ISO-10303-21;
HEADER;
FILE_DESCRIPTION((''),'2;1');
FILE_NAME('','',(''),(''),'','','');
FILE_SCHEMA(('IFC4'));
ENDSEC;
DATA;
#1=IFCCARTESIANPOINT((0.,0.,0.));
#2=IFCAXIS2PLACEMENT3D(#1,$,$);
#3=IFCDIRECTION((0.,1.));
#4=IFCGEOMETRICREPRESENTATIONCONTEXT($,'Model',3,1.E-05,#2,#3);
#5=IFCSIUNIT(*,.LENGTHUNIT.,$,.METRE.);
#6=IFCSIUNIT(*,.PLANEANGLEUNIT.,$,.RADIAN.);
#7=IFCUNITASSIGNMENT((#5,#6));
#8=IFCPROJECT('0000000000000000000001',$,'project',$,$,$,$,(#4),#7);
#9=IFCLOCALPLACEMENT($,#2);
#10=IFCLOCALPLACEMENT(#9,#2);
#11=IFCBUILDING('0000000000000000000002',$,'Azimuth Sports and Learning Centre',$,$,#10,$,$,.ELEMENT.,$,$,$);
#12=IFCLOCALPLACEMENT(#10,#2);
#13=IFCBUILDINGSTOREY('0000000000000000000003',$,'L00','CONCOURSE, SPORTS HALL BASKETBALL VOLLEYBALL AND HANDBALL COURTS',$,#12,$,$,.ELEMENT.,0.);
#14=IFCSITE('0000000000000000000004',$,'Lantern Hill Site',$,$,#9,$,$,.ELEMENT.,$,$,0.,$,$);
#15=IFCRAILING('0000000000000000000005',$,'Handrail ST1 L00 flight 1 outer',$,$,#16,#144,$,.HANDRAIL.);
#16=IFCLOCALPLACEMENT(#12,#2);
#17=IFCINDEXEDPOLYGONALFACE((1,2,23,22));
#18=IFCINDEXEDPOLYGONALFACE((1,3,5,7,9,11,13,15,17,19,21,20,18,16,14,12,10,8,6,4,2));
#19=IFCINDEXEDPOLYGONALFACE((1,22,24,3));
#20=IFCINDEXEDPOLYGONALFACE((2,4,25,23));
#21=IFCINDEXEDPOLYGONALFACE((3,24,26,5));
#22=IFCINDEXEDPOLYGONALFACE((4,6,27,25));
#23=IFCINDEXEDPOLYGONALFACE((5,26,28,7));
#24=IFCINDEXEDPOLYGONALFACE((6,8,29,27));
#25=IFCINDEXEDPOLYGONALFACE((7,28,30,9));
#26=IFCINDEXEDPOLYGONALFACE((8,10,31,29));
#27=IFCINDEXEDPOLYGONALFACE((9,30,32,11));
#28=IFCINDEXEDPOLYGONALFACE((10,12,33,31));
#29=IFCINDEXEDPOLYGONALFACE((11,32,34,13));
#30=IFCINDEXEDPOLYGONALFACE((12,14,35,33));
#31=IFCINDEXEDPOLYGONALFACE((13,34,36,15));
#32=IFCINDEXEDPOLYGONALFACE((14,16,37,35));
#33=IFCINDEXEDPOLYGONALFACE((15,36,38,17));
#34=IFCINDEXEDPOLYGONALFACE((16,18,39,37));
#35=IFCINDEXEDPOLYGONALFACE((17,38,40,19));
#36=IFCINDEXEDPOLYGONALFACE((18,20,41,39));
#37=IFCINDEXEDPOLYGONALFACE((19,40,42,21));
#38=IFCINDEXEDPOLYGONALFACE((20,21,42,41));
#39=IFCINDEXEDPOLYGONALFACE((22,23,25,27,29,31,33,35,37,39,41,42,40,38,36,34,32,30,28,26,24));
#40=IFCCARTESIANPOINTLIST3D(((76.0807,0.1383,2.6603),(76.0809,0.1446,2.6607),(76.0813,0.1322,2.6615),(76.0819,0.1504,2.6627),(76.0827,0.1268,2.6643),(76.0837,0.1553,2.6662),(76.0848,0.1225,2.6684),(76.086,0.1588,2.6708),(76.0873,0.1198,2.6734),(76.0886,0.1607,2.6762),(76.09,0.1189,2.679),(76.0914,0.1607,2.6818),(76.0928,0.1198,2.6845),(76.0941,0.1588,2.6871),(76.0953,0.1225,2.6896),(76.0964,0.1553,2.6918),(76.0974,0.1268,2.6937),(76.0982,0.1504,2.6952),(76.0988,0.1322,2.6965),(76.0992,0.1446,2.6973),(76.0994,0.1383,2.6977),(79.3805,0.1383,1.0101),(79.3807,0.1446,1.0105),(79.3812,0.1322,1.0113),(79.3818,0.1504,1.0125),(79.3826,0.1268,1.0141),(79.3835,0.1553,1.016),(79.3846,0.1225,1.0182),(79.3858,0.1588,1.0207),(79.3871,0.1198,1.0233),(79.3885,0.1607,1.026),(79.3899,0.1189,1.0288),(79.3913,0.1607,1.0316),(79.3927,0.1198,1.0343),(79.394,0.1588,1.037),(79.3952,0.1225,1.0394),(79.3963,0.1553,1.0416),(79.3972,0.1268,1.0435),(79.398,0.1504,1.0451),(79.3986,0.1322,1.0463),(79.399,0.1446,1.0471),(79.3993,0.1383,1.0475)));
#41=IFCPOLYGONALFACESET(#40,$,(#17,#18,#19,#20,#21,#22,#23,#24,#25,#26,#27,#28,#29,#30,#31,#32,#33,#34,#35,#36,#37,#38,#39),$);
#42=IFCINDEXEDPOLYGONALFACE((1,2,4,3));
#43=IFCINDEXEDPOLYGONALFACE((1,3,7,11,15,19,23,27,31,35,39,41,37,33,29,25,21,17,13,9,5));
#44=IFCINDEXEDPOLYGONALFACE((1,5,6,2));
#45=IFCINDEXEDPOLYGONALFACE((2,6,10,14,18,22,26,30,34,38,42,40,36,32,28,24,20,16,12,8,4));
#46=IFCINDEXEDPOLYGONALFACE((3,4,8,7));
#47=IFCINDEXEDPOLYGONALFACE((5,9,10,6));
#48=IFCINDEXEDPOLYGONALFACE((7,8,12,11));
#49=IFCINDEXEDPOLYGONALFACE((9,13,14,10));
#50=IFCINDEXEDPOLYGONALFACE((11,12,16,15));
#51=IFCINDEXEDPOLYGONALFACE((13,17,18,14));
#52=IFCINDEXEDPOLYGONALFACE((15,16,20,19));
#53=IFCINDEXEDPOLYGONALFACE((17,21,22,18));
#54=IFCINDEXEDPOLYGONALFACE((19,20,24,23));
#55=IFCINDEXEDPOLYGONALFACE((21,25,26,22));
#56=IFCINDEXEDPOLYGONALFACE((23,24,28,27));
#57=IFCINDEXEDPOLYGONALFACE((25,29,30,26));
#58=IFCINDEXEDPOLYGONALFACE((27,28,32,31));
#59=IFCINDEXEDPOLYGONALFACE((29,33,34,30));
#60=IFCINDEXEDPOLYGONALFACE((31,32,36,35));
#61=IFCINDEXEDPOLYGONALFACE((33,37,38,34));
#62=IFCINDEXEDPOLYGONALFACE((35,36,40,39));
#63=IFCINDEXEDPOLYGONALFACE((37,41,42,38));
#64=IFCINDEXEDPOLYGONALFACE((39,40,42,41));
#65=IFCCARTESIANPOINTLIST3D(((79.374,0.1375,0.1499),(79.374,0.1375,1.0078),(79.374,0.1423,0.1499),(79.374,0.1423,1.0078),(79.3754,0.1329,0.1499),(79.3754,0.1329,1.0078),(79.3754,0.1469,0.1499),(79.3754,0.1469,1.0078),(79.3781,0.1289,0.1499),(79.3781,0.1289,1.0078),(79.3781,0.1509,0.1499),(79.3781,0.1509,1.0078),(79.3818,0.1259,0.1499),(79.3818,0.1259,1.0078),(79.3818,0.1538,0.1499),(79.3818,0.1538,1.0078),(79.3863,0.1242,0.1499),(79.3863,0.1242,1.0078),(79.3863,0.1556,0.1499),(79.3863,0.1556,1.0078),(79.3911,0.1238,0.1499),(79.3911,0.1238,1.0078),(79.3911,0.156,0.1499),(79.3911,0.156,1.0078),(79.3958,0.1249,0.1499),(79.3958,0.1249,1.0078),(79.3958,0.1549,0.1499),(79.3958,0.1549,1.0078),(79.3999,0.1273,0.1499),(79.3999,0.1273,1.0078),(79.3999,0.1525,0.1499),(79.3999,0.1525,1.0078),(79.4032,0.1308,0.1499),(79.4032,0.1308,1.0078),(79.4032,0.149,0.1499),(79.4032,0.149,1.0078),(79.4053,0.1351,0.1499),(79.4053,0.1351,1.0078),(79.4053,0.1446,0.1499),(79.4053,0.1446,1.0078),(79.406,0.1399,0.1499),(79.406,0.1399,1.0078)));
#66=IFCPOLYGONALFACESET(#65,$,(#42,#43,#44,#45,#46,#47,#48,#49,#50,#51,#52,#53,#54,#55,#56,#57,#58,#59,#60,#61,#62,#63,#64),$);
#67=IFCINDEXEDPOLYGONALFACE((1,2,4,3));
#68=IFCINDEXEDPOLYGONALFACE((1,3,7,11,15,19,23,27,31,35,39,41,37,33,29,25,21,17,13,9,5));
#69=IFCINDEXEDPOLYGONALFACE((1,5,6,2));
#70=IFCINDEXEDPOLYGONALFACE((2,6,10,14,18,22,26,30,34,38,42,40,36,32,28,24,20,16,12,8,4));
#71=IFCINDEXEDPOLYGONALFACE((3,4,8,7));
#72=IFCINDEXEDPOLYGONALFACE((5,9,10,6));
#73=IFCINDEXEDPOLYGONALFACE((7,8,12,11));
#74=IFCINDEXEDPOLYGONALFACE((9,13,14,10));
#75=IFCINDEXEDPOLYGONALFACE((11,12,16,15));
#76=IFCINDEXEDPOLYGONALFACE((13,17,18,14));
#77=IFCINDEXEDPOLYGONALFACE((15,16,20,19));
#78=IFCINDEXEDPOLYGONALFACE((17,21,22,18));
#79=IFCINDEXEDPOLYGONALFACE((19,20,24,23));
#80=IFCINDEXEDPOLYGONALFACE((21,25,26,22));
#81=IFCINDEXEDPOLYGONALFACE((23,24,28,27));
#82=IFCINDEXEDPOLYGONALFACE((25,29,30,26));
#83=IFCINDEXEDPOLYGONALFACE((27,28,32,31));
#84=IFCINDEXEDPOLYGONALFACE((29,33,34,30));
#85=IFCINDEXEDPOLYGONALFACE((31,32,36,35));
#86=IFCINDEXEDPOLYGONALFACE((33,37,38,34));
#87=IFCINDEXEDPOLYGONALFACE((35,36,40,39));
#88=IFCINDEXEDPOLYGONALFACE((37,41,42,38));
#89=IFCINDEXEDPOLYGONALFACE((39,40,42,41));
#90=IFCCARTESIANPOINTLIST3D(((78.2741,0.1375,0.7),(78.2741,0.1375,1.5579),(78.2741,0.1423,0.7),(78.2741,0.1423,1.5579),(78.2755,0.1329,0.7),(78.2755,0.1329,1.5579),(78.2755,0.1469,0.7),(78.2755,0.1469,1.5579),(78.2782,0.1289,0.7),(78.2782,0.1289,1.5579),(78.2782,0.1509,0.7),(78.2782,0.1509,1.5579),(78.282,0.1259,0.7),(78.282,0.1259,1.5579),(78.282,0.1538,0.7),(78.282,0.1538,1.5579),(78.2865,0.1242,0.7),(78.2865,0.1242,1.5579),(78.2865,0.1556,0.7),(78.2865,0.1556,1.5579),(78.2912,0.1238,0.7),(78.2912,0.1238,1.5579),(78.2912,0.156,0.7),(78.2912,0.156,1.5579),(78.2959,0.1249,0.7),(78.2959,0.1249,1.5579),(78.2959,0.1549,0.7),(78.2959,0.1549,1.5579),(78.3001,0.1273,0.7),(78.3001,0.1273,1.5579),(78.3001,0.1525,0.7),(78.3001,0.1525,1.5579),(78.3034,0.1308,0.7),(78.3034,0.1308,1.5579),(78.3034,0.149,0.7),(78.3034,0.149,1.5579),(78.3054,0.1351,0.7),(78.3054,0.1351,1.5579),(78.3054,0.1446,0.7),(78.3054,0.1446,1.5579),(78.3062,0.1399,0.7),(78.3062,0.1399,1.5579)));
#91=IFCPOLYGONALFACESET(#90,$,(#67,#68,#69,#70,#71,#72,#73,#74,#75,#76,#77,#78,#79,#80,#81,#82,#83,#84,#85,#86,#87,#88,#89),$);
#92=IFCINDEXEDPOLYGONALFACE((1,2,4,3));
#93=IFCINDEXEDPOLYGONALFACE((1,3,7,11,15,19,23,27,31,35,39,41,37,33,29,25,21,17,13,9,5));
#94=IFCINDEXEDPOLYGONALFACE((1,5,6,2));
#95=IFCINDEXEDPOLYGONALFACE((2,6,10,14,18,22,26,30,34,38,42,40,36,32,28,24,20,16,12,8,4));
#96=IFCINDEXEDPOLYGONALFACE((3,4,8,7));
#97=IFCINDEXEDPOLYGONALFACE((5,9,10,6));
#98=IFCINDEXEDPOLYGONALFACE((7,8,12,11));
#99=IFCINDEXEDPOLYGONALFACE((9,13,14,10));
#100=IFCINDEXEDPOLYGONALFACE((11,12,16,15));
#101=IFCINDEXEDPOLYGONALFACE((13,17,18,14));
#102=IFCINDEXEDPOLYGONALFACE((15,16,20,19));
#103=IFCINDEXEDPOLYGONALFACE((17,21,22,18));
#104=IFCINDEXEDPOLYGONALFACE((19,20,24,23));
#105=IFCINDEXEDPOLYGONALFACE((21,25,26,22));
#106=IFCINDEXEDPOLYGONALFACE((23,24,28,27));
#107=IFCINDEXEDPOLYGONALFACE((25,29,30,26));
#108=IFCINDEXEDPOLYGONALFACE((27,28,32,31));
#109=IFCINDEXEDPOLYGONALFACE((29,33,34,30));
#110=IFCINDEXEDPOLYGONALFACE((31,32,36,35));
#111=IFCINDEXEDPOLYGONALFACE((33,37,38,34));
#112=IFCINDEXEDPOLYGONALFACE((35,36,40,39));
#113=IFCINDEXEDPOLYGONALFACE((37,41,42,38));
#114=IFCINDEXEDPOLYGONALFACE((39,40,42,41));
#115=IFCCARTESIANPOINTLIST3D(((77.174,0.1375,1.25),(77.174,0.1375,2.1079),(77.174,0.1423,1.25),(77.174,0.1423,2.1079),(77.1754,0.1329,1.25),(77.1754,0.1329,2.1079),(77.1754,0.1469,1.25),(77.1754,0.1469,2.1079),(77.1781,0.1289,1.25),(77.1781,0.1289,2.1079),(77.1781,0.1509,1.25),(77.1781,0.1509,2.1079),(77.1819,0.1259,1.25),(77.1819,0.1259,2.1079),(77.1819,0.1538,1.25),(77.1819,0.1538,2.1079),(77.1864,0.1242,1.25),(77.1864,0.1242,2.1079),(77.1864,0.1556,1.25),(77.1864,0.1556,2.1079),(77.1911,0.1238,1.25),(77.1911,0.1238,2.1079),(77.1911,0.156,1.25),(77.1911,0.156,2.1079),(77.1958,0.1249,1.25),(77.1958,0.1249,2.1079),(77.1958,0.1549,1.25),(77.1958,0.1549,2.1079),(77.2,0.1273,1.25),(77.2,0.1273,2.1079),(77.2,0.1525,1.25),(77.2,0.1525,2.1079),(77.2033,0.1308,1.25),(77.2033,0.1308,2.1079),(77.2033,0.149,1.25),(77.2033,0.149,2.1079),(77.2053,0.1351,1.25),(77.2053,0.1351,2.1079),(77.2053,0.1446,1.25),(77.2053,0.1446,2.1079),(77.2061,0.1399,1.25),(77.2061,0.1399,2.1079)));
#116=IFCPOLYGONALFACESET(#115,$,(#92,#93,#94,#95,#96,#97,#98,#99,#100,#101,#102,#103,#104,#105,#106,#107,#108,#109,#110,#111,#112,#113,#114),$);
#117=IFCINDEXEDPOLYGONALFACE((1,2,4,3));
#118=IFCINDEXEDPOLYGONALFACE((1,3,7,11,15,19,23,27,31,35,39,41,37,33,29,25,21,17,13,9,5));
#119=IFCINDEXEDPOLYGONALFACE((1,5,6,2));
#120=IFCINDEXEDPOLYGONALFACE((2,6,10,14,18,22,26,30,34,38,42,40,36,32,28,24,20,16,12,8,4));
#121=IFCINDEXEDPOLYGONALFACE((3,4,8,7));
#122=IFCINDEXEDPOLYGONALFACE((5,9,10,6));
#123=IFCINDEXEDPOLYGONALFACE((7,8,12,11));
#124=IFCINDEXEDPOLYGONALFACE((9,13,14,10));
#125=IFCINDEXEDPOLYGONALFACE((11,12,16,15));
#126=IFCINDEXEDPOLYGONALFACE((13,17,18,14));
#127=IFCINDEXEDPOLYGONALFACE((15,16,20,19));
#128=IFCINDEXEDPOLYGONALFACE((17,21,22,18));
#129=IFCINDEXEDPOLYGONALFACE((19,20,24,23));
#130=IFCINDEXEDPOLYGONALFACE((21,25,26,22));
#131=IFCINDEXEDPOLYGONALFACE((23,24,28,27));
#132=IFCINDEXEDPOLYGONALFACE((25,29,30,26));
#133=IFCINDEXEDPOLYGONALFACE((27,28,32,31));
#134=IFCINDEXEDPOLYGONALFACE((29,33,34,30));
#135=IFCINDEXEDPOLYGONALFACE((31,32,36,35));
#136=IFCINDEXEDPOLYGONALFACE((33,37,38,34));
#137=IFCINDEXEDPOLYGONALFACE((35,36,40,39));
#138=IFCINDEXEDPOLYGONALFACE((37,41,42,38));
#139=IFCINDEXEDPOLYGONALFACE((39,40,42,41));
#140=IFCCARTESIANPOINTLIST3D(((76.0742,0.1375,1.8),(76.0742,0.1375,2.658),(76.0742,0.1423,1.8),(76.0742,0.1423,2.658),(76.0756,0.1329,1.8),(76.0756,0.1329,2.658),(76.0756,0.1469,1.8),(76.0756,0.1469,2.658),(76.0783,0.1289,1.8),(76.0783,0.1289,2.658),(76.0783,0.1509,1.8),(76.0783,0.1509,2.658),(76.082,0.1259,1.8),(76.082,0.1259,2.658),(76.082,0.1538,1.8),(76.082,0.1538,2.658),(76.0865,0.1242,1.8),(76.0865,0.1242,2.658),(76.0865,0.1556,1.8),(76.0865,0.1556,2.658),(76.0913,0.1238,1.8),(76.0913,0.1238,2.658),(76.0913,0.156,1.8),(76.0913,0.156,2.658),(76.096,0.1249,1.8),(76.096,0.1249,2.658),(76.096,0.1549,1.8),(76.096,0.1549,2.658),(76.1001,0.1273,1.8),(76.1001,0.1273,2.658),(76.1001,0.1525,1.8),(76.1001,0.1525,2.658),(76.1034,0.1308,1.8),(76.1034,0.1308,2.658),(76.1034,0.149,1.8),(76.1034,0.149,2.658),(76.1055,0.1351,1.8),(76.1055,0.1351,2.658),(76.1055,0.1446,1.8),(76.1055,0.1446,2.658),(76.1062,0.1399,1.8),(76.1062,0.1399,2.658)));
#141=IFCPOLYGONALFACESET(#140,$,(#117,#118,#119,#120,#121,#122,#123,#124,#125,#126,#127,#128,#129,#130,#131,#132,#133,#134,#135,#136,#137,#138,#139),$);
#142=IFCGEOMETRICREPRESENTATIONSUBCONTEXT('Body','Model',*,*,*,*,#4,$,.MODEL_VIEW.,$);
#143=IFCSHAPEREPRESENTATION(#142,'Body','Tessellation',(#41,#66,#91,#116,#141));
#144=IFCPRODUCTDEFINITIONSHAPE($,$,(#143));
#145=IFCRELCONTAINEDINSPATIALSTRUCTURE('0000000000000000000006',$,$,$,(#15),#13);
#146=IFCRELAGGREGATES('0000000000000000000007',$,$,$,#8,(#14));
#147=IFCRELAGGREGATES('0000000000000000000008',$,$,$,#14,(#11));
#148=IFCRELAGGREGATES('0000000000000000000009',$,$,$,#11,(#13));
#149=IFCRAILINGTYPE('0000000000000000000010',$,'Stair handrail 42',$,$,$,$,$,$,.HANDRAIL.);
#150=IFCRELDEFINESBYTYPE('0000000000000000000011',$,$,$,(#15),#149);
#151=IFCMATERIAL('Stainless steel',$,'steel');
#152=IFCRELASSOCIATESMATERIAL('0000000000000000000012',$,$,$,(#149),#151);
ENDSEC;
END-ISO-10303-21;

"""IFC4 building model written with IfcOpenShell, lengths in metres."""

from ifc_helpers import new_model, si_unit, direction, frame, origin, origin_2d, place, context, subcontext, project, spatial, circle, extrude, material, type_object, element, save


model = new_model("IFC4")

# Units and contexts
model_context = context("Model", 3, precision=1e-05, world=origin(), true_north=direction((0.0, 1.0)))
body_context = subcontext(model_context, "Body", "Model", "MODEL_VIEW")
ifc_project = project(units=[si_unit("LENGTHUNIT", "METRE"), si_unit("PLANEANGLEUNIT", "RADIAN")], contexts=[model_context])

# Site, building, storey
site_placement = place(None, origin())
site = spatial("IfcSite", under=ifc_project, at=site_placement, Name="Lantern Hill Site", CompositionType="ELEMENT", RefElevation=0.0)
building_placement = place(site_placement, origin())
building = spatial("IfcBuilding", under=site, at=building_placement, Name="Azimuth Sports and Learning Centre", CompositionType="ELEMENT")
storey_placement = place(building_placement, origin())
storey = spatial("IfcBuildingStorey", under=building, at=storey_placement, Name="L00", Description="CONCOURSE, SPORTS HALL BASKETBALL VOLLEYBALL AND HANDBALL COURTS", CompositionType="ELEMENT", Elevation=0.0)

# Railing
ifc_material_1 = material(Name="Stainless steel", Category="steel")
railing_type_1 = type_object("IfcRailingType", Name="Stair handrail 42", PredefinedType="HANDRAIL", material=ifc_material_1)
for number, where, name in (
    (1, (79.3899, 0.1399, 0.1499), "Handrail ST1 L00 flight 1 outer"),
):
    element("IfcRailing", number, at=place(storey_placement, frame(where)), inside=storey, type_object=railing_type_1, Name=name, PredefinedType="HANDRAIL", context=body_context, shape_type="SweptSolid", body=[
        extrude(circle(Radius=0.021, at=origin_2d()), frame((0.0, 0.0, 0.8789), z_axis=(-0.894401, 0.0, 0.447267), x_axis=(0.0, -1.0, 0.0)), (0.0, 0.0, 1.0), 3.6895),
        extrude(circle(Radius=0.0161, at=origin_2d()), origin(), (0.0, 0.0, 1.0), 0.8579),
        extrude(circle(Radius=0.0161, at=origin_2d()), frame((-1.0999, 0.0, 0.55)), (0.0, 0.0, 1.0), 0.8579),
        extrude(circle(Radius=0.0161, at=origin_2d()), frame((-2.2, 0.0, 1.1001)), (0.0, 0.0, 1.0), 0.8579),
        extrude(circle(Radius=0.0161, at=origin_2d()), frame((-3.2998, 0.0, 1.6501)), (0.0, 0.0, 1.0), 0.8579),
    ])

save(model, "model.ifc")
